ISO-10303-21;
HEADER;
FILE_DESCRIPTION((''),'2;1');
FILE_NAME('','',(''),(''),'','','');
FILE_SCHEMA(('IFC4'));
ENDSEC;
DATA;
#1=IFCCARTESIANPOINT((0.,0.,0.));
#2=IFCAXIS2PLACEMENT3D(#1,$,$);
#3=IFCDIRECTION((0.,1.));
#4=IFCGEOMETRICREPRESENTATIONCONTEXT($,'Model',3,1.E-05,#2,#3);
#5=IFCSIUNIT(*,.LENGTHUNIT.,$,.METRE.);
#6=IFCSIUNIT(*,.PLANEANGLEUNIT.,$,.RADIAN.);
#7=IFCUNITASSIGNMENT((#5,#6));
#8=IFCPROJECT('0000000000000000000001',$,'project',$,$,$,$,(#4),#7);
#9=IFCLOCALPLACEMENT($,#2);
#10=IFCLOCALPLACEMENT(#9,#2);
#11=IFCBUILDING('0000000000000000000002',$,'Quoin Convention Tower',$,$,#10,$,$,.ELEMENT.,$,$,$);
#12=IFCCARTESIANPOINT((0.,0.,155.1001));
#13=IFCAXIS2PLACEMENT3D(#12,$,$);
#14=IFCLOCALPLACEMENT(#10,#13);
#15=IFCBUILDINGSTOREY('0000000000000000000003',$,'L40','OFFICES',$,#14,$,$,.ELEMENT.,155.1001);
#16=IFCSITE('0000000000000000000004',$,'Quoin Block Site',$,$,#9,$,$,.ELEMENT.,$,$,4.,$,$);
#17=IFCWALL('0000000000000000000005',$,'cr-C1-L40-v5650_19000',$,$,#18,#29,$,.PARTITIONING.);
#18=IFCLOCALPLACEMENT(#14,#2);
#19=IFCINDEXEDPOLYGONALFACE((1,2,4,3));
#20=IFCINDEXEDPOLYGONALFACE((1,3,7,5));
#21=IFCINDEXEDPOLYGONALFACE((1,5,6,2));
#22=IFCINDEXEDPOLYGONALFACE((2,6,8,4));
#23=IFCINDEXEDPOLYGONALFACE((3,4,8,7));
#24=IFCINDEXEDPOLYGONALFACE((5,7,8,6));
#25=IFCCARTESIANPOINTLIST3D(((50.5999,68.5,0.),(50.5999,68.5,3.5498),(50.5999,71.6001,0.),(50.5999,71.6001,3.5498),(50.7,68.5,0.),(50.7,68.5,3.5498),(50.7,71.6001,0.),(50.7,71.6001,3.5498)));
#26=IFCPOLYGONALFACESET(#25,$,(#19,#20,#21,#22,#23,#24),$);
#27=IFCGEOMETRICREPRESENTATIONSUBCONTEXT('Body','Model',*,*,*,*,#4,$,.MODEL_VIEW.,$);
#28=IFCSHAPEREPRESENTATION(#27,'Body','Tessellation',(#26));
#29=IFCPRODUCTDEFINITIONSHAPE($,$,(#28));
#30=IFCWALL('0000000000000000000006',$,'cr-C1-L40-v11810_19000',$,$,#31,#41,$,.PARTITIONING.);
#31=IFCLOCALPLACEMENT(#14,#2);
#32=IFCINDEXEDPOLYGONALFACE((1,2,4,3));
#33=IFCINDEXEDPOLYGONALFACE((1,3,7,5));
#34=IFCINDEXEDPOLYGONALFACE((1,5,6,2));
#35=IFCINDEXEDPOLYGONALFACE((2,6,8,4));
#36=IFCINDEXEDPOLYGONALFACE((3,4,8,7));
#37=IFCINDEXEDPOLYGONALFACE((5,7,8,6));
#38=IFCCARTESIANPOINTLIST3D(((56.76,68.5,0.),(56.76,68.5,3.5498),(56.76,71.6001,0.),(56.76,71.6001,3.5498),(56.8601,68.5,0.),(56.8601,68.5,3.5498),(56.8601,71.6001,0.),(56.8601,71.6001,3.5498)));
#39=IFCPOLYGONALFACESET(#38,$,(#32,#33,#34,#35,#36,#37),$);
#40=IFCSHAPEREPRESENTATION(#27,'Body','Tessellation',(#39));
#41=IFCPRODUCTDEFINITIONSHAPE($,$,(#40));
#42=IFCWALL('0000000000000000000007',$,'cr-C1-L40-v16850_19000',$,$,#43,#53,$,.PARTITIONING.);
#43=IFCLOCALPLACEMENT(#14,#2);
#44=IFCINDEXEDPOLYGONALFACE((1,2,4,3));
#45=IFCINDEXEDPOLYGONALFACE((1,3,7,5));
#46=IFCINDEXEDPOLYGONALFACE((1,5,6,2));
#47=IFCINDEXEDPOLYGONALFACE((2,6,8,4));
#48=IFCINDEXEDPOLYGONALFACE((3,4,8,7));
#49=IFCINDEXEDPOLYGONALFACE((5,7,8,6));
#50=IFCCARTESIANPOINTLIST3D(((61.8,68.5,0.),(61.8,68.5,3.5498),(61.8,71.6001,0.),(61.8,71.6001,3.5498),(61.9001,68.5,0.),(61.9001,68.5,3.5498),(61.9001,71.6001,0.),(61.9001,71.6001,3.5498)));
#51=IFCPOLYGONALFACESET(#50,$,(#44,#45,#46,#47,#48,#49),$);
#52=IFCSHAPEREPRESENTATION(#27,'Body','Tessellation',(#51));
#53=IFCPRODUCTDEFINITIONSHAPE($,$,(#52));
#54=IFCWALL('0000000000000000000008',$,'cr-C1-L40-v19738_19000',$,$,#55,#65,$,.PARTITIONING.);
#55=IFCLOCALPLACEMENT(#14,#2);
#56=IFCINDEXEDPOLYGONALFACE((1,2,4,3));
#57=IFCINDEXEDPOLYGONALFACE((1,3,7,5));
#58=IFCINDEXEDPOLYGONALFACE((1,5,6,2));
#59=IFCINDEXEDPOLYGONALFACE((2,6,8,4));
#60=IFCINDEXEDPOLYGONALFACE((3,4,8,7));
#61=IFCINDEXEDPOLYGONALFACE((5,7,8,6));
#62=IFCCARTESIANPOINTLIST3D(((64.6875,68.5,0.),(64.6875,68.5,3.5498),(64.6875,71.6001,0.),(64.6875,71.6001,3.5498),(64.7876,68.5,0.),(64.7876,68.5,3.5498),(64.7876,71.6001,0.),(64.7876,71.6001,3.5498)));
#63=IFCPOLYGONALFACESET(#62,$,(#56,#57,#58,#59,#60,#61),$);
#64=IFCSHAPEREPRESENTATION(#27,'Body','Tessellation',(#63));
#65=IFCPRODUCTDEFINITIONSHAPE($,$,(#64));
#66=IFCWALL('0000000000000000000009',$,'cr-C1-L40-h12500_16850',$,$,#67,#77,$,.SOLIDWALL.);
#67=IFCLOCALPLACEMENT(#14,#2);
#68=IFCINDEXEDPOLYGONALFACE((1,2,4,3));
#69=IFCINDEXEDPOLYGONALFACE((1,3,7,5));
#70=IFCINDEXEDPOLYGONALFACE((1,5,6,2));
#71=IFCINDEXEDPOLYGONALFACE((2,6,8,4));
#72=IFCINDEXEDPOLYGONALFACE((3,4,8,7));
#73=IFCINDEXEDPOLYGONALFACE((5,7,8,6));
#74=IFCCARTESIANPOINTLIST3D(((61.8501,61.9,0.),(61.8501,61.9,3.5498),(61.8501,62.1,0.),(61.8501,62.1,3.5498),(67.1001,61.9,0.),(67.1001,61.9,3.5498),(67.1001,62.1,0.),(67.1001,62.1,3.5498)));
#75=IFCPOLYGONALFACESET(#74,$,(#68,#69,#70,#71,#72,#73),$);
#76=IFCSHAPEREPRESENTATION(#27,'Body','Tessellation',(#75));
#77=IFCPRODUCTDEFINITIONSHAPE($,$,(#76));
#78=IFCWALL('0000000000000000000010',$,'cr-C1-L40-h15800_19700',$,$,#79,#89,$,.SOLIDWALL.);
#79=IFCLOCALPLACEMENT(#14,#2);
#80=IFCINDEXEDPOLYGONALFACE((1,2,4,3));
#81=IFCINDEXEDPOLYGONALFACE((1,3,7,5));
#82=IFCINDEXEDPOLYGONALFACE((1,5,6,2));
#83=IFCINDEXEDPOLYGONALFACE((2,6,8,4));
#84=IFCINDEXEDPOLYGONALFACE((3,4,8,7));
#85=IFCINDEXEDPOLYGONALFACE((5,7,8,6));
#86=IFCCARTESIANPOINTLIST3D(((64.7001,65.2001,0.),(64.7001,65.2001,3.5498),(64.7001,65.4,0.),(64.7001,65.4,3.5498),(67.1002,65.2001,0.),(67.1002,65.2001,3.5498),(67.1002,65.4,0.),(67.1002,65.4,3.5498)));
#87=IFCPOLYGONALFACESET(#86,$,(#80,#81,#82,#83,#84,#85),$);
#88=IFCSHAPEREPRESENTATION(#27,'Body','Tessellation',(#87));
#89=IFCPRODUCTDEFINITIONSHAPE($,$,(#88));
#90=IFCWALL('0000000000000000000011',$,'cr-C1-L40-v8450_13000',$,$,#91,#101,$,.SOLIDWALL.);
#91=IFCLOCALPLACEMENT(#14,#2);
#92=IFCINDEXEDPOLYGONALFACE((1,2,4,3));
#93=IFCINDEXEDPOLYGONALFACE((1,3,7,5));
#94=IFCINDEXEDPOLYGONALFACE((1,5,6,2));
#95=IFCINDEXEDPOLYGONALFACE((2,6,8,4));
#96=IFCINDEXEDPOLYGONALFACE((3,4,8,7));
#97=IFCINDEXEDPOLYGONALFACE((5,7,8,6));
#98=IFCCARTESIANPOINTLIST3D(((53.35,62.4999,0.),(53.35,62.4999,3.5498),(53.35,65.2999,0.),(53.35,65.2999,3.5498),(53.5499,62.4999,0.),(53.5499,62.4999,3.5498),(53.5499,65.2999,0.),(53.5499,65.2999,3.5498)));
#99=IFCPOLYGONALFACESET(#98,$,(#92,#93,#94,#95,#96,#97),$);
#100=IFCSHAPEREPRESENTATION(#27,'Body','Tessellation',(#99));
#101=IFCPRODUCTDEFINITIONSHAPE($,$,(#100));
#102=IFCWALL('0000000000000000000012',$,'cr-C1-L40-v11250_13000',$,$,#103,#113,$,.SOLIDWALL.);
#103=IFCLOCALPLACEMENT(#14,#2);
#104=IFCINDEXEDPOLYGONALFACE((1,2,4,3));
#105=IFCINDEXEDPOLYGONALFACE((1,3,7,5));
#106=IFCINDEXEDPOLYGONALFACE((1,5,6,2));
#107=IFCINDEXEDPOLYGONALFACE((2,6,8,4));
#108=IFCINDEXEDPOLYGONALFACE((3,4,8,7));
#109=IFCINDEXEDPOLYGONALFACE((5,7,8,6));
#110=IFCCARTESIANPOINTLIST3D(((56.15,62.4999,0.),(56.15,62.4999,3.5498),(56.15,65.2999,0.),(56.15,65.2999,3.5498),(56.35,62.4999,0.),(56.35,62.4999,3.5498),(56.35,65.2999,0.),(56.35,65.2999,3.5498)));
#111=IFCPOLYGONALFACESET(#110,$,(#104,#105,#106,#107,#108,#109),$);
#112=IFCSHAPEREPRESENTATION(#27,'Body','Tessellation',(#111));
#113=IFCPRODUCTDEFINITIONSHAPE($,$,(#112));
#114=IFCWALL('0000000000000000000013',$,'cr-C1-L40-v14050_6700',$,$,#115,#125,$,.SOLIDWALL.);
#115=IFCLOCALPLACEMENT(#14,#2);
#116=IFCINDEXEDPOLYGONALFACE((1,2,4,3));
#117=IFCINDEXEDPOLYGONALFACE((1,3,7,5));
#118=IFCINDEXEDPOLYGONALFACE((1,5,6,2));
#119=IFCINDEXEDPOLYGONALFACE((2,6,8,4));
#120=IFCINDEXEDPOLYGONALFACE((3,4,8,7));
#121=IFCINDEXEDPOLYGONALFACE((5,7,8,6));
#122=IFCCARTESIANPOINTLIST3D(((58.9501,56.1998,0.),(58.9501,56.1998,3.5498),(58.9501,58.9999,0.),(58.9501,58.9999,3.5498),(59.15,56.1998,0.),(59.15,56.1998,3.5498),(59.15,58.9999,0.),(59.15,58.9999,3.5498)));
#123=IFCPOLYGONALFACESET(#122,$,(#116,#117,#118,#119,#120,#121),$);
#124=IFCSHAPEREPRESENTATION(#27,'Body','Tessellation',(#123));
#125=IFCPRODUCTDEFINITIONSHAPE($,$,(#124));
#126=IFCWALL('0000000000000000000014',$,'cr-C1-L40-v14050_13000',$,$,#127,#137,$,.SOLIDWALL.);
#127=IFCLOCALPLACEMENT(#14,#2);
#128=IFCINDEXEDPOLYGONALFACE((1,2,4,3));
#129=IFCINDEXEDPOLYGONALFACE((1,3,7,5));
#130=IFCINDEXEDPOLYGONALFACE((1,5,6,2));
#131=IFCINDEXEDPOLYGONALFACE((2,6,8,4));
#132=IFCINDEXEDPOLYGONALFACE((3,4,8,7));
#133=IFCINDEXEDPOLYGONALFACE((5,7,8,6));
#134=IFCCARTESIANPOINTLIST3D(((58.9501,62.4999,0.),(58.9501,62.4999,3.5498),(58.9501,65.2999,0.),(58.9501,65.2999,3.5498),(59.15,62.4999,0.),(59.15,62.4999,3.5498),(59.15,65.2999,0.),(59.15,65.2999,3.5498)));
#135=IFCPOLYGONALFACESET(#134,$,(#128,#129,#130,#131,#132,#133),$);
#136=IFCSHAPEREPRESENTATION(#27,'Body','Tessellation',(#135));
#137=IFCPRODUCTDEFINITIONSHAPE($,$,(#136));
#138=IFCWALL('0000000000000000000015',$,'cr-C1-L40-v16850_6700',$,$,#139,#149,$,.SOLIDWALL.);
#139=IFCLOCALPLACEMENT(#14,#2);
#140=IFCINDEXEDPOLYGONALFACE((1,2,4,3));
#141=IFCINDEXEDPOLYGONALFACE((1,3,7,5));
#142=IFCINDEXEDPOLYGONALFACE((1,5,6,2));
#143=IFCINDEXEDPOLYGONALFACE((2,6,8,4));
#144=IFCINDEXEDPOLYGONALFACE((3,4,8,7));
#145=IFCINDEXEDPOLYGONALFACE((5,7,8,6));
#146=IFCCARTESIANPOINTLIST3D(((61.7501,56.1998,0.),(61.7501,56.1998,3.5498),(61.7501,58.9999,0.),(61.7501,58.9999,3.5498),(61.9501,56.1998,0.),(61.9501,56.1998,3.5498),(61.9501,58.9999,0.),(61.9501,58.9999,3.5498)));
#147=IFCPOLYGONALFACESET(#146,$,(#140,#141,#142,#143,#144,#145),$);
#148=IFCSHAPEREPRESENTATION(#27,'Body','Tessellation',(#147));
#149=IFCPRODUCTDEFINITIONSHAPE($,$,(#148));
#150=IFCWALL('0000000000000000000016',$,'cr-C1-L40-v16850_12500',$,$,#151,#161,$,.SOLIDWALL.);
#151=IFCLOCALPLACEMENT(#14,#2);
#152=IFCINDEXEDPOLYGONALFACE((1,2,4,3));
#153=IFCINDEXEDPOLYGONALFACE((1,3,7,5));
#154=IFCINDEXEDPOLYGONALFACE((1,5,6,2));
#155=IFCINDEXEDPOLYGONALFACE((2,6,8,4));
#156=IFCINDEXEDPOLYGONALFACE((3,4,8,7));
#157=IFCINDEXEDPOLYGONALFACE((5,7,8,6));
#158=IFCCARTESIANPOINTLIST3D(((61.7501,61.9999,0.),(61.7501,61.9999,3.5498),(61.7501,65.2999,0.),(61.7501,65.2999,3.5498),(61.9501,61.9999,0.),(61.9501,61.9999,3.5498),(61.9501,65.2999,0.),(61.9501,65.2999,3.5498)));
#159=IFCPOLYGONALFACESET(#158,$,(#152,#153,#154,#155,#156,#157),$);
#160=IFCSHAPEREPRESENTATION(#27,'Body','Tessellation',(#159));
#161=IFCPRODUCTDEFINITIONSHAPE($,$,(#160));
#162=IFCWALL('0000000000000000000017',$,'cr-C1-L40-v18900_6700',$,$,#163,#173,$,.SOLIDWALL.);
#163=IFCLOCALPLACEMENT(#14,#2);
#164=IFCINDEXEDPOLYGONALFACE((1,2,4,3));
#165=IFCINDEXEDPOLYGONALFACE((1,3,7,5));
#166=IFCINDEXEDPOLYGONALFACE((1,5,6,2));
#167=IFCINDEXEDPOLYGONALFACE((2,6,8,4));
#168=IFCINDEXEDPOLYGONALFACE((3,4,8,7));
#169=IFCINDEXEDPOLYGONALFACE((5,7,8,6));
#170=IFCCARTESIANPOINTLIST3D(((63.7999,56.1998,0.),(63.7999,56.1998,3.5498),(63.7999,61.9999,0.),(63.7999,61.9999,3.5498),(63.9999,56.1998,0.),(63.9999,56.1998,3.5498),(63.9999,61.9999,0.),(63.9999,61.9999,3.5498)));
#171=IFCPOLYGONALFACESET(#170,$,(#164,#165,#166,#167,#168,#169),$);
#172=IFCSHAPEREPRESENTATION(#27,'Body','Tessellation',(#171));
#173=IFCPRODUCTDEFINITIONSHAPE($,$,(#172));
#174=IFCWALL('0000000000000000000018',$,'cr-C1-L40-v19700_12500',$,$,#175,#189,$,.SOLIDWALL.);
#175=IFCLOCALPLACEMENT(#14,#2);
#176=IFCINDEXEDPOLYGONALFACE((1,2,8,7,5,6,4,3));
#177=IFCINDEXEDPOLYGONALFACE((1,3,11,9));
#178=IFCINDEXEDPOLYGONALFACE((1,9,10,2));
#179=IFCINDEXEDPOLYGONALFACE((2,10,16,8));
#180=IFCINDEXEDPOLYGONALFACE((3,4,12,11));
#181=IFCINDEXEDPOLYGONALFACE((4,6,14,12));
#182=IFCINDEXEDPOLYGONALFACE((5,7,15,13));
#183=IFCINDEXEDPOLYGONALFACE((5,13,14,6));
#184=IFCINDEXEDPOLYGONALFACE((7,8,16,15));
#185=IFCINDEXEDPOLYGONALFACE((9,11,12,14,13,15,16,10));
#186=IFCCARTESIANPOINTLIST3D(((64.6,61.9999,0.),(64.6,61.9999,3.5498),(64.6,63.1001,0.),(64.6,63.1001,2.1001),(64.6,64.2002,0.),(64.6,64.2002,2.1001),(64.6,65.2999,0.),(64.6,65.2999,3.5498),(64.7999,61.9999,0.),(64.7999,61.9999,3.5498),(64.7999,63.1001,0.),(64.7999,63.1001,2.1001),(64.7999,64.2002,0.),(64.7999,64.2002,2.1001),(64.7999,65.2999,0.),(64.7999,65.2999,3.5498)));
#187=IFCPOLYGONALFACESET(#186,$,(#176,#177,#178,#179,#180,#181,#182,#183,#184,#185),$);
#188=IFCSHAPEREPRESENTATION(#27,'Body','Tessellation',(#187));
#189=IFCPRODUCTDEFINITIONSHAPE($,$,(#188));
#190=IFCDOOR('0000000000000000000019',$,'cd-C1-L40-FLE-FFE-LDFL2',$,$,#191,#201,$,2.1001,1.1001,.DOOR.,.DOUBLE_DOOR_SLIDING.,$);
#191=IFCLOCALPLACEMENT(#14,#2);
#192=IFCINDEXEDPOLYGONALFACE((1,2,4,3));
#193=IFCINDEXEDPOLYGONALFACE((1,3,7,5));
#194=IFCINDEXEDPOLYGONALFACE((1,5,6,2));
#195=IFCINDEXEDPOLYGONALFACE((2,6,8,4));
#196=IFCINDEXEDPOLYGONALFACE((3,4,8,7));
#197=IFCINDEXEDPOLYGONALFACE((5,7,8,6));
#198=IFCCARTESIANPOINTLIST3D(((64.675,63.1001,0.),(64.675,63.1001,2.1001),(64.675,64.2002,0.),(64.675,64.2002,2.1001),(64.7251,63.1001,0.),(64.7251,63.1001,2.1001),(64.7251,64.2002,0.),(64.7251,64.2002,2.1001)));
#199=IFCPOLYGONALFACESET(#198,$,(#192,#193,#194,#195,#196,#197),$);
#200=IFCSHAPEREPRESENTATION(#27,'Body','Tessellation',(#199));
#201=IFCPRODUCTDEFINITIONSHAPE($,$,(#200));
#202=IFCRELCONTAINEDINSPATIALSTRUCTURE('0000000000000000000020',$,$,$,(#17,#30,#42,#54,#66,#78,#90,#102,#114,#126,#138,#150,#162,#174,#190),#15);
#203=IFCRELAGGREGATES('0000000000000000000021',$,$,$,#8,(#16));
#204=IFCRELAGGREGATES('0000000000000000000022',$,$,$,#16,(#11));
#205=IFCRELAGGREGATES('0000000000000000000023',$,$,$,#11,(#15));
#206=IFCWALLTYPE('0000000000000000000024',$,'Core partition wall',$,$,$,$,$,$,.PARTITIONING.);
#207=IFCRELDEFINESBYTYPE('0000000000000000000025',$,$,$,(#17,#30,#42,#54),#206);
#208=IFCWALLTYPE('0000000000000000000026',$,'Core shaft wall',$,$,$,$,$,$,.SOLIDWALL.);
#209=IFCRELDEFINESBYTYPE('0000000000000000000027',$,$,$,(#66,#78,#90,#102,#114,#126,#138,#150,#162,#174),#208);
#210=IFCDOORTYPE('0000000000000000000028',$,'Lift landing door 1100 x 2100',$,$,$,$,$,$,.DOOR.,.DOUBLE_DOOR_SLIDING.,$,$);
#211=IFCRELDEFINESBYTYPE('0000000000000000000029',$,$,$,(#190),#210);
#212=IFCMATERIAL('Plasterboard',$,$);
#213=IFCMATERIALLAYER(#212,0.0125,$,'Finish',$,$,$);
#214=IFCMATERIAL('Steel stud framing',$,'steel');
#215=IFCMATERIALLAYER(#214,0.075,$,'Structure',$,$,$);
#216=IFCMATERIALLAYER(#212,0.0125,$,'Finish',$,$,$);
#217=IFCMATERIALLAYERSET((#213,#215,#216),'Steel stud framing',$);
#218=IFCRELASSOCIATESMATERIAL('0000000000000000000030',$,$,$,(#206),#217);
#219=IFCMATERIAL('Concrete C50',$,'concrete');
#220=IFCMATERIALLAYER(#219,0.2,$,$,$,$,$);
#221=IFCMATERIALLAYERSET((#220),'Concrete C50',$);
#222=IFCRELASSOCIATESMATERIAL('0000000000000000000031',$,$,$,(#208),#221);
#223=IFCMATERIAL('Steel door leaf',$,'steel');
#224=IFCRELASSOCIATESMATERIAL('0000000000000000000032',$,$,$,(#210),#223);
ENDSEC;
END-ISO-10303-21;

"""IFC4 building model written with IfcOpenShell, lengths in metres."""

from ifc_helpers import new_model, si_unit, direction, frame, frame_2d, origin, place, context, subcontext, project, spatial, rectangle, extrude, material, layer, layer_set, type_object, element, fill, save


model = new_model("IFC4")

# Units and contexts
model_context = context("Model", 3, precision=1e-05, world=origin(), true_north=direction((0.0, 1.0)))
body_context = subcontext(model_context, "Body", "Model", "MODEL_VIEW")
ifc_project = project(units=[si_unit("LENGTHUNIT", "METRE"), si_unit("PLANEANGLEUNIT", "RADIAN")], contexts=[model_context])

# Site, building, storey
site_placement = place(None, origin())
site = spatial("IfcSite", under=ifc_project, at=site_placement, Name="Quoin Block Site", CompositionType="ELEMENT", RefElevation=4.0)
building_placement = place(site_placement, origin())
building = spatial("IfcBuilding", under=site, at=building_placement, Name="Quoin Convention Tower", CompositionType="ELEMENT")
storey_placement = place(building_placement, frame((0.0, 0.0, 155.1001)))
storey = spatial("IfcBuildingStorey", under=building, at=storey_placement, Name="L40", Description="OFFICES", CompositionType="ELEMENT", Elevation=155.1001)

# Walls
ifc_material_1 = material(Name="Plasterboard")
ifc_layer_1 = layer(ifc_material_1, 0.0125, Name="Finish")
ifc_material_2 = material(Name="Steel stud framing", Category="steel")
ifc_layer_2 = layer(ifc_material_2, 0.075, Name="Structure")
ifc_layer_3 = layer(ifc_material_1, 0.0125, Name="Finish")
ifc_layer_set_1 = layer_set([ifc_layer_1, ifc_layer_2, ifc_layer_3], Name="Steel stud framing")
wall_type_1 = type_object("IfcWallType", Name="Core partition wall", PredefinedType="PARTITIONING", material=ifc_layer_set_1)
for number, where, z_axis, x_axis, name in (
    (1, (50.6499, 68.5, 0.0), (0.0, 0.0, 1.0), (0.0, 1.0, 0.0), "cr-C1-L40-v5650_19000"),
    (2, (56.8101, 68.5, 0.0), (0.0, 0.0, 1.0), (0.0, 1.0, 0.0), "cr-C1-L40-v11810_19000"),
    (3, (61.8501, 68.5, 0.0), (0.0, 0.0, 1.0), (0.0, 1.0, 0.0), "cr-C1-L40-v16850_19000"),
    (4, (64.7375, 68.5, 0.0), (0.0, 0.0, 1.0), (0.0, 1.0, 0.0), "cr-C1-L40-v19738_19000"),
):
    element("IfcWall", number, at=place(storey_placement, frame(where, z_axis=z_axis, x_axis=x_axis)), inside=storey, type_object=wall_type_1, Name=name, PredefinedType="PARTITIONING", context=body_context, shape_type="SweptSolid", body=[
        extrude(rectangle(XDim=3.1001, YDim=0.1001, at=frame_2d((1.55, 0.0))), origin(), (0.0, 0.0, 1.0), 3.5498),
    ])
ifc_material_3 = material(Name="Concrete C50", Category="concrete")
ifc_layer_4 = layer(ifc_material_3, 0.2)
ifc_layer_set_2 = layer_set([ifc_layer_4], Name="Concrete C50")
wall_type_2 = type_object("IfcWallType", Name="Core shaft wall", PredefinedType="SOLIDWALL", material=ifc_layer_set_2)
wall_1_placement = place(storey_placement, frame((61.8501, 62.0, 0.0), z_axis=(0.0, 0.0, 1.0), x_axis=(1.0, 0.0, 0.0)))
element("IfcWall", 5, at=wall_1_placement, inside=storey, type_object=wall_type_2, Name="cr-C1-L40-h12500_16850", PredefinedType="SOLIDWALL", context=body_context, shape_type="SweptSolid", body=[
    extrude(rectangle(XDim=5.25, YDim=0.2, at=frame_2d((2.625, 0.0))), origin(), (0.0, 0.0, 1.0), 3.5498),
])
wall_2_placement = place(storey_placement, frame((64.7, 65.3, 0.0), z_axis=(0.0, 0.0, 1.0), x_axis=(1.0, 0.0, 0.0)))
element("IfcWall", 6, at=wall_2_placement, inside=storey, type_object=wall_type_2, Name="cr-C1-L40-h15800_19700", PredefinedType="SOLIDWALL", context=body_context, shape_type="SweptSolid", body=[
    extrude(rectangle(XDim=2.4001, YDim=0.2, at=frame_2d((1.2002, 0.0))), origin(), (0.0, 0.0, 1.0), 3.5498),
])
for number, where, z_axis, x_axis, name in (
    (7, (53.45, 62.5, 0.0), (0.0, 0.0, 1.0), (0.0, 1.0, 0.0), "cr-C1-L40-v8450_13000"),
    (8, (56.25, 62.5, 0.0), (0.0, 0.0, 1.0), (0.0, 1.0, 0.0), "cr-C1-L40-v11250_13000"),
    (9, (59.05, 56.2, 0.0), (0.0, 0.0, 1.0), (0.0, 1.0, 0.0), "cr-C1-L40-v14050_6700"),
    (10, (59.05, 62.5, 0.0), (0.0, 0.0, 1.0), (0.0, 1.0, 0.0), "cr-C1-L40-v14050_13000"),
    (11, (61.8501, 56.2, 0.0), (0.0, 0.0, 1.0), (0.0, 1.0, 0.0), "cr-C1-L40-v16850_6700"),
):
    element("IfcWall", number, at=place(storey_placement, frame(where, z_axis=z_axis, x_axis=x_axis)), inside=storey, type_object=wall_type_2, Name=name, PredefinedType="SOLIDWALL", context=body_context, shape_type="SweptSolid", body=[
        extrude(rectangle(XDim=2.8, YDim=0.2, at=frame_2d((1.3999, 0.0))), origin(), (0.0, 0.0, 1.0), 3.5498),
    ])
wall_3_placement = place(storey_placement, frame((61.8501, 62.0, 0.0), z_axis=(0.0, 0.0, 1.0), x_axis=(0.0, 1.0, 0.0)))
element("IfcWall", 12, at=wall_3_placement, inside=storey, type_object=wall_type_2, Name="cr-C1-L40-v16850_12500", PredefinedType="SOLIDWALL", context=body_context, shape_type="SweptSolid", body=[
    extrude(rectangle(XDim=3.3, YDim=0.2, at=frame_2d((1.6499, 0.0))), origin(), (0.0, 0.0, 1.0), 3.5498),
])
wall_4_placement = place(storey_placement, frame((63.8999, 56.2, 0.0), z_axis=(0.0, 0.0, 1.0), x_axis=(0.0, 1.0, 0.0)))
element("IfcWall", 13, at=wall_4_placement, inside=storey, type_object=wall_type_2, Name="cr-C1-L40-v18900_6700", PredefinedType="SOLIDWALL", context=body_context, shape_type="SweptSolid", body=[
    extrude(rectangle(XDim=5.8, YDim=0.2, at=frame_2d((2.8999, 0.0))), origin(), (0.0, 0.0, 1.0), 3.5498),
])

# Wall, opening, door
wall_5_placement = place(storey_placement, frame((64.7, 62.0, 0.0), z_axis=(0.0, 0.0, 1.0), x_axis=(0.0, 1.0, 0.0)))
wall_5 = element("IfcWall", 14, at=wall_5_placement, inside=storey, type_object=wall_type_2, Name="cr-C1-L40-v19700_12500", PredefinedType="SOLIDWALL", context=body_context, shape_type="SweptSolid", body=[
    extrude(rectangle(XDim=3.3, YDim=0.2, at=frame_2d((1.6499, 0.0))), origin(), (0.0, 0.0, 1.0), 3.5498),
])
opening_placement = place(wall_5_placement, frame((1.1001, 0.0, 0.0)))
opening = element("IfcOpeningElement", 15, at=opening_placement, cuts=wall_5, PredefinedType="OPENING", context=body_context, shape_type="SweptSolid", body=[
    extrude(rectangle(XDim=1.1001, YDim=2.1001, at=frame_2d((0.55, 1.05))), frame((0.0, 0.1099, 0.0), z_axis=(0.0, -1.0, 0.0), x_axis=(1.0, 0.0, 0.0)), (0.0, 0.0, 1.0), 0.22),
])
ifc_material_4 = material(Name="Steel door leaf", Category="steel")
door_type = type_object("IfcDoorType", Name="Lift landing door 1100 x 2100", OperationType="DOUBLE_DOOR_SLIDING", PredefinedType="DOOR", material=ifc_material_4)
door_placement = place(opening_placement, origin())
door = element("IfcDoor", 16, at=door_placement, inside=storey, type_object=door_type, Name="cd-C1-L40-FLE-FFE-LDFL2", OperationType="DOUBLE_DOOR_SLIDING", OverallHeight=2.1001, OverallWidth=1.1001, PredefinedType="DOOR", context=body_context, shape_type="SweptSolid", body=[
    extrude(rectangle(XDim=1.1001, YDim=2.1001, at=frame_2d((0.55, 1.05))), frame((0.0, 0.0249, 0.0), z_axis=(0.0, -1.0, 0.0), x_axis=(1.0, 0.0, 0.0)), (0.0, 0.0, 1.0), 0.05),
])
fill(opening, door)

save(model, "model.ifc")
